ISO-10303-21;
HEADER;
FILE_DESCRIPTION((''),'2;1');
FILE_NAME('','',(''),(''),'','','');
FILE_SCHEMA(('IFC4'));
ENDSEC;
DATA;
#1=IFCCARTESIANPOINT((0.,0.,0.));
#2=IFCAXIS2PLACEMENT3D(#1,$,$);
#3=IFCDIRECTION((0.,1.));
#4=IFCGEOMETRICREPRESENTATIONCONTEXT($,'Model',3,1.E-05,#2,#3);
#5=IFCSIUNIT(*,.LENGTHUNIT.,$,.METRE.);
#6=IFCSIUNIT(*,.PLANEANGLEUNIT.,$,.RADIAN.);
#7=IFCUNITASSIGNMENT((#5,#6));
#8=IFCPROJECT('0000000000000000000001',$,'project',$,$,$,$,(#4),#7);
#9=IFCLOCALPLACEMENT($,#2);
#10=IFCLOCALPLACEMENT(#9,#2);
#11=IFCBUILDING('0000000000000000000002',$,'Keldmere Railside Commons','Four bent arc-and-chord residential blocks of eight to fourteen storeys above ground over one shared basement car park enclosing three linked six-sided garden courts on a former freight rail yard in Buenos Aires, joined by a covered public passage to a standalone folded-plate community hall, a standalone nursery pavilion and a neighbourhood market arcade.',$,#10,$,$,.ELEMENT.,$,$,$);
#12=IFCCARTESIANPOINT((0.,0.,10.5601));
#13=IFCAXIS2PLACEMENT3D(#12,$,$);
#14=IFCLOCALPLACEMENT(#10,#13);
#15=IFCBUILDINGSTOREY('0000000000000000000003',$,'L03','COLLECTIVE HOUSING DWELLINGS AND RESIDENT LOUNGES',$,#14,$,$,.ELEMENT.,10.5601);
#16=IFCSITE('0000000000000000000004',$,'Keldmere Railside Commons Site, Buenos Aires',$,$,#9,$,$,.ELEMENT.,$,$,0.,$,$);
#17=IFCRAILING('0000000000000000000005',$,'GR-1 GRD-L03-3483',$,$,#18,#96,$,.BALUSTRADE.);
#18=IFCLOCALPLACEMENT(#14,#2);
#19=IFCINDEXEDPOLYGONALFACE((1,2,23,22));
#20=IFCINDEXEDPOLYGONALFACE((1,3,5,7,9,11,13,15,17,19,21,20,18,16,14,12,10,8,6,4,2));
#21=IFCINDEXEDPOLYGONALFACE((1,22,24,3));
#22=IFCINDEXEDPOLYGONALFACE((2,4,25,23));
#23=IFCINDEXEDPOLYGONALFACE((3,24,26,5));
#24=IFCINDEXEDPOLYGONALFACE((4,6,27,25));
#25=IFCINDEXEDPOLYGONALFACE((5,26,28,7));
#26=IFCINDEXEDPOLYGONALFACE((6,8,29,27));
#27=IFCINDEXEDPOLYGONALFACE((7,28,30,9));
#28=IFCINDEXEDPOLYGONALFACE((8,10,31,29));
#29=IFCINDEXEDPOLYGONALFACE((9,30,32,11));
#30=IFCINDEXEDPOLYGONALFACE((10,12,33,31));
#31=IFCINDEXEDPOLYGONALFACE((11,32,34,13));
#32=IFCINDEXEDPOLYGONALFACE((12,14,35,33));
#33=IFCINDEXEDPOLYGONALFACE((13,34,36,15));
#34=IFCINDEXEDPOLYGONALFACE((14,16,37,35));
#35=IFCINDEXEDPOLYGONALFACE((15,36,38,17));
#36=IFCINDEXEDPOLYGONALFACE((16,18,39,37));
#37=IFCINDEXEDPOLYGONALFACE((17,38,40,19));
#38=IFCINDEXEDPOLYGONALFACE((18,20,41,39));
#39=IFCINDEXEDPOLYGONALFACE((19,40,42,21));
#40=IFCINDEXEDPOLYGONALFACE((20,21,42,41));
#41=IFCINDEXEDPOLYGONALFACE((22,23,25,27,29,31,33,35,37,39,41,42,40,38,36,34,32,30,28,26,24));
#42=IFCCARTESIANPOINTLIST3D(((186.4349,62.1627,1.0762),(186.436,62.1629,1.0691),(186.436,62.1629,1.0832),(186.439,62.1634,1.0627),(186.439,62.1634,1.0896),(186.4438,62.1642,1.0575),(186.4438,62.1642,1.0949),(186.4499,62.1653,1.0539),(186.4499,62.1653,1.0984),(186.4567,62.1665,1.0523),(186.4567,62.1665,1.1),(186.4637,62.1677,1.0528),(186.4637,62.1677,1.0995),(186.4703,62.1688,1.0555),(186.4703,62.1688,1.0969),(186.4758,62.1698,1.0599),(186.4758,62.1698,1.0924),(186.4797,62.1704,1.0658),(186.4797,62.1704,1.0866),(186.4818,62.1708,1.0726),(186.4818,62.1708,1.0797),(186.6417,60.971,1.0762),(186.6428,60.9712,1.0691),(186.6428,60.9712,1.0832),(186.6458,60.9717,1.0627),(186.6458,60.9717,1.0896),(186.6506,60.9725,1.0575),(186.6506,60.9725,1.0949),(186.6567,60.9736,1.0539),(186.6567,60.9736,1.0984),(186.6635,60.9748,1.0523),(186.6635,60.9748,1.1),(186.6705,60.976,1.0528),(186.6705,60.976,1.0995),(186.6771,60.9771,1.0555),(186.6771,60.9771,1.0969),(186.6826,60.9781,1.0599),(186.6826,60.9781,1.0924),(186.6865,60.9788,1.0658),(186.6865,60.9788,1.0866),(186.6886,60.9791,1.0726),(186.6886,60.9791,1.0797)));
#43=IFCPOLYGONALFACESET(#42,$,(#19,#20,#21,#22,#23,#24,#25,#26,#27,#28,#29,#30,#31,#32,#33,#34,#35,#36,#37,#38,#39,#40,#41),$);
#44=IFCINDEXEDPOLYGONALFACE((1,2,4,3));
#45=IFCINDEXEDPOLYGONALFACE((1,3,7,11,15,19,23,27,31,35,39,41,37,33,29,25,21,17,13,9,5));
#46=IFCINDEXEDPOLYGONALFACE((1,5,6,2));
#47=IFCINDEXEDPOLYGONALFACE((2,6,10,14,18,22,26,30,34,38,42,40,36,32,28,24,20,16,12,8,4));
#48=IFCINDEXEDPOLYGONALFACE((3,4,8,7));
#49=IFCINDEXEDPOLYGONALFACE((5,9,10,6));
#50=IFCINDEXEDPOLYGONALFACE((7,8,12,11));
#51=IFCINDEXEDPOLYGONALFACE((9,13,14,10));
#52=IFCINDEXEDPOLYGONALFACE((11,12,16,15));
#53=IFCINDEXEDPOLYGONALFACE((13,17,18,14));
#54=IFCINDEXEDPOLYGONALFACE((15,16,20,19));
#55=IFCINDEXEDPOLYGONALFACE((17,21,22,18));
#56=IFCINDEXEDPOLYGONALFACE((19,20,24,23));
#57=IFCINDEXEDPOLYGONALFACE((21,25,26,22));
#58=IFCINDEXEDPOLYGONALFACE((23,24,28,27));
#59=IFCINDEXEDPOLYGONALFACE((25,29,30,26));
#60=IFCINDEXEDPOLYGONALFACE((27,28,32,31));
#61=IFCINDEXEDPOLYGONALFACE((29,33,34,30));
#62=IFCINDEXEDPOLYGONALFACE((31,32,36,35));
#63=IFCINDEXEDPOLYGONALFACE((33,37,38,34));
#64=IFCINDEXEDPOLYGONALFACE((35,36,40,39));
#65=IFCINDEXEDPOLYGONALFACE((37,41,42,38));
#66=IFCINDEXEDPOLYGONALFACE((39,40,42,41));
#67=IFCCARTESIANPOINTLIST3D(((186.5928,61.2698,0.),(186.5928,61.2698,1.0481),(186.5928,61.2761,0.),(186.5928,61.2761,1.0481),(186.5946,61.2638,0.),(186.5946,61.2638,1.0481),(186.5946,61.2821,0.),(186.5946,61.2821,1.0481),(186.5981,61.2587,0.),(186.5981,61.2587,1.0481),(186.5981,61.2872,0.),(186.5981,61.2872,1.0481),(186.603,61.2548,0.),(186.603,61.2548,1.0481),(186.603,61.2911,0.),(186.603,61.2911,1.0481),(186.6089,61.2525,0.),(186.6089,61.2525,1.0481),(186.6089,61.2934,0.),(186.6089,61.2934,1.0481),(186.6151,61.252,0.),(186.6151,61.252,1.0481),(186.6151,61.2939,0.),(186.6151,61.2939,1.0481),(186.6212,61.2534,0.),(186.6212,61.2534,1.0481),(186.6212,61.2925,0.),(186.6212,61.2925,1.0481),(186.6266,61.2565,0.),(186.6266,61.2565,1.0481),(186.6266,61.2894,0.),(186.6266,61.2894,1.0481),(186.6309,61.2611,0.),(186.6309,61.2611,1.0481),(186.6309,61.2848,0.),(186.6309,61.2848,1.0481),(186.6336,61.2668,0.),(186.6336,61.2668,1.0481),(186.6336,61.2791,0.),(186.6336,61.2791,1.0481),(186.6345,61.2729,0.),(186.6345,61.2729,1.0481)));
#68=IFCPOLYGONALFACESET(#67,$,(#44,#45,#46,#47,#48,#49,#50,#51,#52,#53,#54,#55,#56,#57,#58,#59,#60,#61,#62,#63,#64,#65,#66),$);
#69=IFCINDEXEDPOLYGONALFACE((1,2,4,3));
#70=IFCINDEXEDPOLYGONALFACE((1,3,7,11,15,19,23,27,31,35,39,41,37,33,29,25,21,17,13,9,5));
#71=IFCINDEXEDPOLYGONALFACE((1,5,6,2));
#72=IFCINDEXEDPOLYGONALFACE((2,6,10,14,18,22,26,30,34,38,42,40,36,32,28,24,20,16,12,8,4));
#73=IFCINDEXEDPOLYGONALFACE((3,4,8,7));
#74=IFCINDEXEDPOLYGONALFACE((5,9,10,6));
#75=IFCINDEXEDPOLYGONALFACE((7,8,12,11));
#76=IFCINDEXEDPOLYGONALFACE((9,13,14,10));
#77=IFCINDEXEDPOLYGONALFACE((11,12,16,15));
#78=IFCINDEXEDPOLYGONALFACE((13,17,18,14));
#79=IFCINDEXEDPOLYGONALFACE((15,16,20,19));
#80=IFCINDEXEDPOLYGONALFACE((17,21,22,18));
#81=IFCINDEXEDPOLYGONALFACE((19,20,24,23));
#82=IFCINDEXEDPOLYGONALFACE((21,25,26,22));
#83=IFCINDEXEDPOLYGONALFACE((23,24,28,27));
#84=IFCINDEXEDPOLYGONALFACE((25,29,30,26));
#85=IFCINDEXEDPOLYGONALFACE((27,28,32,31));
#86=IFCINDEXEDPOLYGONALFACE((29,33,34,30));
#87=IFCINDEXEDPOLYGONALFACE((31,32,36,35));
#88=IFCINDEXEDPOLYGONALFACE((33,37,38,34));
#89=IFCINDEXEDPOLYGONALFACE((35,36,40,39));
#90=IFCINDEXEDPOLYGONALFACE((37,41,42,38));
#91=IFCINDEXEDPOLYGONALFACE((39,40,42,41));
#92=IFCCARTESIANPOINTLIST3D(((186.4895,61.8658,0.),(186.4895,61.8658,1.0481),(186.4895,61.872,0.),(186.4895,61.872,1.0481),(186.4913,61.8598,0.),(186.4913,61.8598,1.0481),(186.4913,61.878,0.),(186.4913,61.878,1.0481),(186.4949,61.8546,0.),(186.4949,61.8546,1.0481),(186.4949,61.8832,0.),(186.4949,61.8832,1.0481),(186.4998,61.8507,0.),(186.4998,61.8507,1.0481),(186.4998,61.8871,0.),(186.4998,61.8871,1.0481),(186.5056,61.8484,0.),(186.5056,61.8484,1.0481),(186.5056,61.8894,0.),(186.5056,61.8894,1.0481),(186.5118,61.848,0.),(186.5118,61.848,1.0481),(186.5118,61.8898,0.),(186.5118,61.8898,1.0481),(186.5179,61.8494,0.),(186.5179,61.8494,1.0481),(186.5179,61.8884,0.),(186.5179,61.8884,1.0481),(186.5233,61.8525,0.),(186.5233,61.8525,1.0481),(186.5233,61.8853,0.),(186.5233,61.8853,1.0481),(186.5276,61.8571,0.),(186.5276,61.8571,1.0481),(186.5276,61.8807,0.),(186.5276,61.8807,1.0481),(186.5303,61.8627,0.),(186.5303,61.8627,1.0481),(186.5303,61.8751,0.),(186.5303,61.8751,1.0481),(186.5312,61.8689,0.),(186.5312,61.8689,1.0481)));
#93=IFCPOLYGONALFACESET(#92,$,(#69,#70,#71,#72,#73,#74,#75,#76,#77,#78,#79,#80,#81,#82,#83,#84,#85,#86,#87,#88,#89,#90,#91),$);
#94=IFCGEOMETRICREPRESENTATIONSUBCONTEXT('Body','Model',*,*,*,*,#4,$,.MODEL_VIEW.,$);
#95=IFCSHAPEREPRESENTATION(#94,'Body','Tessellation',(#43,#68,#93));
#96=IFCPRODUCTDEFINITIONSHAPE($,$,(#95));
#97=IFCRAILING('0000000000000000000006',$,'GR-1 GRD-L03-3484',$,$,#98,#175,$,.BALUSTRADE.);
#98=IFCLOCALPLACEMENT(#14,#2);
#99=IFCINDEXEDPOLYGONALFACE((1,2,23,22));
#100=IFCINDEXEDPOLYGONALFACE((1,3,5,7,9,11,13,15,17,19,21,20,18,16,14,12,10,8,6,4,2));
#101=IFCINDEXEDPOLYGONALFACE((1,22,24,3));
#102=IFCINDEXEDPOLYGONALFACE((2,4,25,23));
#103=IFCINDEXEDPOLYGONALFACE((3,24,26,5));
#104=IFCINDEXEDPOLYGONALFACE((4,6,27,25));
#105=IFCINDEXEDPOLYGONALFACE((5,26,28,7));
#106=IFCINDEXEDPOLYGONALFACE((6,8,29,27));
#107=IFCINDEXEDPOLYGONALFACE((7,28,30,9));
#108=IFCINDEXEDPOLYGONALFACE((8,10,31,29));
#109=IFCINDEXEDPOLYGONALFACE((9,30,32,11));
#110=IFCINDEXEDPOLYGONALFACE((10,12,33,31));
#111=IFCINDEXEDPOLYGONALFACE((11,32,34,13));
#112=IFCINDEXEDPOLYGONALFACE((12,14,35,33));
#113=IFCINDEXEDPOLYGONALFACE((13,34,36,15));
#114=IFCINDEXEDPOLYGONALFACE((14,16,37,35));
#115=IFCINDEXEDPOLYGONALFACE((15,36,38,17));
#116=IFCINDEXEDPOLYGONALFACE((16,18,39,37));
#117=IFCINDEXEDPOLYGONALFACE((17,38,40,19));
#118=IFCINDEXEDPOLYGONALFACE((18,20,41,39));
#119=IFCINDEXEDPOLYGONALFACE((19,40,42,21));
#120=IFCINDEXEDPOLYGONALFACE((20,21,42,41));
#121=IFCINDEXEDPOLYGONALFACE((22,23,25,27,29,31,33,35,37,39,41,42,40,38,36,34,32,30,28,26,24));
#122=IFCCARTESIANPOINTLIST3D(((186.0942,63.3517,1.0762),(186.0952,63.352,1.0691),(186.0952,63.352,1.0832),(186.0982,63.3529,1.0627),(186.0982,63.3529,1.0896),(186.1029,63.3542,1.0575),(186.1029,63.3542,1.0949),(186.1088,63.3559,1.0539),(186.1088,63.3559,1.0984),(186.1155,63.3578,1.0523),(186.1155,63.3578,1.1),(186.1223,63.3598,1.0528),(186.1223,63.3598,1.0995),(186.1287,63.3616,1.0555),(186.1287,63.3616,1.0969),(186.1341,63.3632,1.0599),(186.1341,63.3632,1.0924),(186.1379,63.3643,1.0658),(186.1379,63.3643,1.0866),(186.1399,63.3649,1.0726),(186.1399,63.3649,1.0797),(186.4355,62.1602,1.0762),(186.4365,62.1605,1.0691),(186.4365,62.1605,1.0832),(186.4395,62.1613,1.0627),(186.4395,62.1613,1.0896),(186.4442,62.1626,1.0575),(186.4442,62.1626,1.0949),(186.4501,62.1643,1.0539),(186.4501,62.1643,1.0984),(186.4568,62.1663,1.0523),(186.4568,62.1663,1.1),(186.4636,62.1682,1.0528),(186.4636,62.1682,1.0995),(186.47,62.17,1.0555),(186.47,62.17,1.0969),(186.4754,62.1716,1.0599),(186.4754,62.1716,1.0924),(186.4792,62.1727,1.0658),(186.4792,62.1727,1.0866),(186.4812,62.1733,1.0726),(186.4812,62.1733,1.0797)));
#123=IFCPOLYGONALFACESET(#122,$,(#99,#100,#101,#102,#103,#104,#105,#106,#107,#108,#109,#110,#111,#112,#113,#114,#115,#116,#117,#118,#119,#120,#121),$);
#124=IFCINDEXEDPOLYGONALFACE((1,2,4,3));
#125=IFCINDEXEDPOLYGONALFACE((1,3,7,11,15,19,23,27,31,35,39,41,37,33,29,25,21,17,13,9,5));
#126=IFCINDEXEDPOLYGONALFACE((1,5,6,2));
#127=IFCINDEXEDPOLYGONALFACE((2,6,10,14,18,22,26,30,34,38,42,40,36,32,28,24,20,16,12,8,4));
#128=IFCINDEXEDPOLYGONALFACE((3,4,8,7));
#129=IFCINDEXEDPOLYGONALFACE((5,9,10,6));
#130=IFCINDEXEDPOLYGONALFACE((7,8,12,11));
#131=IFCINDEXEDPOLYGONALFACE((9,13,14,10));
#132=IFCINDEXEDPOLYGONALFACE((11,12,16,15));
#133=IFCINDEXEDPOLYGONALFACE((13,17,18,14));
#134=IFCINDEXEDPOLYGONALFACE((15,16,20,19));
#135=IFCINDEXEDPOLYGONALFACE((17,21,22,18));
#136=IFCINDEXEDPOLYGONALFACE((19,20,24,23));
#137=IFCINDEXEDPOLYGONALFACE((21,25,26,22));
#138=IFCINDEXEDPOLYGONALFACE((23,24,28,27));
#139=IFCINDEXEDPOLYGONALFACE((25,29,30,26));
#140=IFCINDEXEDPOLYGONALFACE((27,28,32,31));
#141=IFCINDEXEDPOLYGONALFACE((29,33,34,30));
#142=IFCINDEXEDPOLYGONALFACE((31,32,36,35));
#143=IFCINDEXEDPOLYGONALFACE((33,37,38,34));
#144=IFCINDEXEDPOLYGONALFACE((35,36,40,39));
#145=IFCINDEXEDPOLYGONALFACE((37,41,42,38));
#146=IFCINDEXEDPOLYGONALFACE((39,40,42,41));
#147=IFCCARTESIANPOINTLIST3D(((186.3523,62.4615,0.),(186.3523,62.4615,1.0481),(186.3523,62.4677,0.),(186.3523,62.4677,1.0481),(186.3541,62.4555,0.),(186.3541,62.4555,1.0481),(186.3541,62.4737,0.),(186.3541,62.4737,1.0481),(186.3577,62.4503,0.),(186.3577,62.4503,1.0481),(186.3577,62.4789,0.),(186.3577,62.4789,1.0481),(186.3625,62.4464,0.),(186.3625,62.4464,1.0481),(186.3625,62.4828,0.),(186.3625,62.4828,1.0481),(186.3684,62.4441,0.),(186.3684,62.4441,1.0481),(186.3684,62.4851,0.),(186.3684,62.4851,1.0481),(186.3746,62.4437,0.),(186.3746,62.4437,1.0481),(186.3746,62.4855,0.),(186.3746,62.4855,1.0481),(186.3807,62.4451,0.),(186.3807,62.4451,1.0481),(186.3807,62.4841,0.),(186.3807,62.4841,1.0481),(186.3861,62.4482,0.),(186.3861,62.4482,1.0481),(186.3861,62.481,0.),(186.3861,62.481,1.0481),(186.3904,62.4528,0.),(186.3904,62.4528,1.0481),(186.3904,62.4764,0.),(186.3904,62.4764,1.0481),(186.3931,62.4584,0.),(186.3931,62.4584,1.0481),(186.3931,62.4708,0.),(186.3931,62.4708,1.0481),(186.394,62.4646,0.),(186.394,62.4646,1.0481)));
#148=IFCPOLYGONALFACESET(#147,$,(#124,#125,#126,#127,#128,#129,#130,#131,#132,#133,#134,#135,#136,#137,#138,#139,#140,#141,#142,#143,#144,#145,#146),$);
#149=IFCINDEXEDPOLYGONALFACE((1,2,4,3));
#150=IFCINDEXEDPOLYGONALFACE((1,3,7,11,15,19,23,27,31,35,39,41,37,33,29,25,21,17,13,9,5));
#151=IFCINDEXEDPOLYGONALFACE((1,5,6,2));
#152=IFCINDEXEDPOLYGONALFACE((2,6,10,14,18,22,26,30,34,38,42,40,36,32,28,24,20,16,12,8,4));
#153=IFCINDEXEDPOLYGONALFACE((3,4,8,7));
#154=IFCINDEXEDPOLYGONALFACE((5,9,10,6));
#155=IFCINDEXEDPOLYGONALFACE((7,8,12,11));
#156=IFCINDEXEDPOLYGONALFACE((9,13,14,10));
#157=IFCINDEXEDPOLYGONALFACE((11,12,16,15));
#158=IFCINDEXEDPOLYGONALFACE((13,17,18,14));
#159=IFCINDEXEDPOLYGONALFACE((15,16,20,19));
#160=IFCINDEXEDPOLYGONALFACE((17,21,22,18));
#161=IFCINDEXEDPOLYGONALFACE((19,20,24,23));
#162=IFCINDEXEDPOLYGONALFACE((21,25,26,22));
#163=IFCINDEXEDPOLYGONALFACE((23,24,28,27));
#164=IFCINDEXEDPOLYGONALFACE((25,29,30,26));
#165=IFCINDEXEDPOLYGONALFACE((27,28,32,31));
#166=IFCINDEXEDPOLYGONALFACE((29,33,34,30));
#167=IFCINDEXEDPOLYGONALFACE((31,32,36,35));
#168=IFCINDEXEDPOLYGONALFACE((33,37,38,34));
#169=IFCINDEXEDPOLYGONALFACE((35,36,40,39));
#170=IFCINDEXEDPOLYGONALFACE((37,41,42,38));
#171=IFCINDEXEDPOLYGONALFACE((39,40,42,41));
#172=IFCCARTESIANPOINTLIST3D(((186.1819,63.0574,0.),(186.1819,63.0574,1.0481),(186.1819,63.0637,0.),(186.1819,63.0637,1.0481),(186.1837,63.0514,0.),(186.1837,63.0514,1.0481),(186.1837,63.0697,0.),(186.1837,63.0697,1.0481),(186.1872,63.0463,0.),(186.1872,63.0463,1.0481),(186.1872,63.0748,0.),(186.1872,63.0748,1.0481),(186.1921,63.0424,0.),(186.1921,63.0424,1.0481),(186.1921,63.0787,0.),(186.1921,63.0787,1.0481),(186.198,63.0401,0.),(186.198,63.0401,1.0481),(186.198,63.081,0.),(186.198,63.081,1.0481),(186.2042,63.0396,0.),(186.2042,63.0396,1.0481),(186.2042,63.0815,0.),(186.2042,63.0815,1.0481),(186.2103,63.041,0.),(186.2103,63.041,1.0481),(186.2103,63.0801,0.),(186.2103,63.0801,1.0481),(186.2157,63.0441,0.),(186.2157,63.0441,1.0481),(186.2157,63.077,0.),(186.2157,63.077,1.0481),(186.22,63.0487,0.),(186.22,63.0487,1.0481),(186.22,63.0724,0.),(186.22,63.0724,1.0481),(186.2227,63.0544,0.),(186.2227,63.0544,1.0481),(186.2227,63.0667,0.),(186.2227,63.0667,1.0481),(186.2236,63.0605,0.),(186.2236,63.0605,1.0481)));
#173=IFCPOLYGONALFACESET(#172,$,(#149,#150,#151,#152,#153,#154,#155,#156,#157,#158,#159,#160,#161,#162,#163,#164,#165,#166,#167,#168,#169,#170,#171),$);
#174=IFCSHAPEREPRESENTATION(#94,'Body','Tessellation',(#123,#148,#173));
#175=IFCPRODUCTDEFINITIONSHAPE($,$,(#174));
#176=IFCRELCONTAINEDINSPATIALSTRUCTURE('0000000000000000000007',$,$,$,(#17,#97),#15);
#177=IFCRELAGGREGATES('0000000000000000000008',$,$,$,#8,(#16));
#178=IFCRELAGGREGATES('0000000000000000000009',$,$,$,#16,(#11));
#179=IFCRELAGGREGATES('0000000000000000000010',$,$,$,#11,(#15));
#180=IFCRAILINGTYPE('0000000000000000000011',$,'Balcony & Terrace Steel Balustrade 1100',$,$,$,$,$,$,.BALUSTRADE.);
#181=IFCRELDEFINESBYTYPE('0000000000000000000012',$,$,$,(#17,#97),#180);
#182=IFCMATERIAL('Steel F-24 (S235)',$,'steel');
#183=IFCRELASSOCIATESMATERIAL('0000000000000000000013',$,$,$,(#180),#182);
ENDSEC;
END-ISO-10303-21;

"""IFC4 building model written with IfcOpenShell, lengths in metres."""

from ifc_helpers import new_model, si_unit, direction, frame, origin, origin_2d, place, context, subcontext, project, spatial, circle, extrude, material, type_object, element, save


model = new_model("IFC4")

# Units and contexts
model_context = context("Model", 3, precision=1e-05, world=origin(), true_north=direction((0.0, 1.0)))
body_context = subcontext(model_context, "Body", "Model", "MODEL_VIEW")
ifc_project = project(units=[si_unit("LENGTHUNIT", "METRE"), si_unit("PLANEANGLEUNIT", "RADIAN")], contexts=[model_context])

# Site, building, storey
site_placement = place(None, origin())
site = spatial("IfcSite", under=ifc_project, at=site_placement, Name="Keldmere Railside Commons Site, Buenos Aires", CompositionType="ELEMENT", RefElevation=0.0)
building_placement = place(site_placement, origin())
building = spatial("IfcBuilding", under=site, at=building_placement, Name="Keldmere Railside Commons", Description="Four bent arc-and-chord residential blocks of eight to fourteen storeys above ground over one shared basement car park enclosing three linked six-sided garden courts on a former freight rail yard in Buenos Aires, joined by a covered public passage to a standalone folded-plate community hall, a standalone nursery pavilion and a neighbourhood market arcade.", CompositionType="ELEMENT")
storey_placement = place(building_placement, frame((0.0, 0.0, 10.5601)))
storey = spatial("IfcBuildingStorey", under=building, at=storey_placement, Name="L03", Description="COLLECTIVE HOUSING DWELLINGS AND RESIDENT LOUNGES", CompositionType="ELEMENT", Elevation=10.5601)

# Railings
ifc_material_1 = material(Name="Steel F-24 (S235)", Category="steel")
railing_type_1 = type_object("IfcRailingType", Name="Balcony & Terrace Steel Balustrade 1100", PredefinedType="BALUSTRADE", material=ifc_material_1)
railing_1_placement = place(storey_placement, frame((186.6653, 60.9751, 0.0)))
element("IfcRailing", 1, at=railing_1_placement, inside=storey, type_object=railing_type_1, Name="GR-1 GRD-L03-3483", PredefinedType="BALUSTRADE", context=body_context, shape_type="SweptSolid", body=[
    extrude(circle(Radius=0.0239, at=origin_2d()), frame((0.0, 0.0, 1.0762), z_axis=(-0.170975, 0.985275, 0.0), x_axis=(-0.985275, -0.170975, 0.0)), (0.0, 0.0, 1.0), 1.2095),
    extrude(circle(Radius=0.021, at=origin_2d()), frame((-0.0518, 0.2979, 0.0)), (0.0, 0.0, 1.0), 1.0481),
    extrude(circle(Radius=0.021, at=origin_2d()), frame((-0.155, 0.8938, 0.0)), (0.0, 0.0, 1.0), 1.0481),
])
railing_2_placement = place(storey_placement, frame((186.4585, 62.1667, 0.0)))
element("IfcRailing", 2, at=railing_2_placement, inside=storey, type_object=railing_type_1, Name="GR-1 GRD-L03-3484", PredefinedType="BALUSTRADE", context=body_context, shape_type="SweptSolid", body=[
    extrude(circle(Radius=0.0239, at=origin_2d()), frame((0.0, 0.0, 1.0762), z_axis=(-0.275345, 0.961345, 0.0), x_axis=(-0.961345, -0.275345, 0.0)), (0.0, 0.0, 1.0), 1.2395),
    extrude(circle(Radius=0.021, at=origin_2d()), frame((-0.0854, 0.2979, 0.0)), (0.0, 0.0, 1.0), 1.0481),
    extrude(circle(Radius=0.021, at=origin_2d()), frame((-0.2559, 0.8938, 0.0)), (0.0, 0.0, 1.0), 1.0481),
])

save(model, "model.ifc")
